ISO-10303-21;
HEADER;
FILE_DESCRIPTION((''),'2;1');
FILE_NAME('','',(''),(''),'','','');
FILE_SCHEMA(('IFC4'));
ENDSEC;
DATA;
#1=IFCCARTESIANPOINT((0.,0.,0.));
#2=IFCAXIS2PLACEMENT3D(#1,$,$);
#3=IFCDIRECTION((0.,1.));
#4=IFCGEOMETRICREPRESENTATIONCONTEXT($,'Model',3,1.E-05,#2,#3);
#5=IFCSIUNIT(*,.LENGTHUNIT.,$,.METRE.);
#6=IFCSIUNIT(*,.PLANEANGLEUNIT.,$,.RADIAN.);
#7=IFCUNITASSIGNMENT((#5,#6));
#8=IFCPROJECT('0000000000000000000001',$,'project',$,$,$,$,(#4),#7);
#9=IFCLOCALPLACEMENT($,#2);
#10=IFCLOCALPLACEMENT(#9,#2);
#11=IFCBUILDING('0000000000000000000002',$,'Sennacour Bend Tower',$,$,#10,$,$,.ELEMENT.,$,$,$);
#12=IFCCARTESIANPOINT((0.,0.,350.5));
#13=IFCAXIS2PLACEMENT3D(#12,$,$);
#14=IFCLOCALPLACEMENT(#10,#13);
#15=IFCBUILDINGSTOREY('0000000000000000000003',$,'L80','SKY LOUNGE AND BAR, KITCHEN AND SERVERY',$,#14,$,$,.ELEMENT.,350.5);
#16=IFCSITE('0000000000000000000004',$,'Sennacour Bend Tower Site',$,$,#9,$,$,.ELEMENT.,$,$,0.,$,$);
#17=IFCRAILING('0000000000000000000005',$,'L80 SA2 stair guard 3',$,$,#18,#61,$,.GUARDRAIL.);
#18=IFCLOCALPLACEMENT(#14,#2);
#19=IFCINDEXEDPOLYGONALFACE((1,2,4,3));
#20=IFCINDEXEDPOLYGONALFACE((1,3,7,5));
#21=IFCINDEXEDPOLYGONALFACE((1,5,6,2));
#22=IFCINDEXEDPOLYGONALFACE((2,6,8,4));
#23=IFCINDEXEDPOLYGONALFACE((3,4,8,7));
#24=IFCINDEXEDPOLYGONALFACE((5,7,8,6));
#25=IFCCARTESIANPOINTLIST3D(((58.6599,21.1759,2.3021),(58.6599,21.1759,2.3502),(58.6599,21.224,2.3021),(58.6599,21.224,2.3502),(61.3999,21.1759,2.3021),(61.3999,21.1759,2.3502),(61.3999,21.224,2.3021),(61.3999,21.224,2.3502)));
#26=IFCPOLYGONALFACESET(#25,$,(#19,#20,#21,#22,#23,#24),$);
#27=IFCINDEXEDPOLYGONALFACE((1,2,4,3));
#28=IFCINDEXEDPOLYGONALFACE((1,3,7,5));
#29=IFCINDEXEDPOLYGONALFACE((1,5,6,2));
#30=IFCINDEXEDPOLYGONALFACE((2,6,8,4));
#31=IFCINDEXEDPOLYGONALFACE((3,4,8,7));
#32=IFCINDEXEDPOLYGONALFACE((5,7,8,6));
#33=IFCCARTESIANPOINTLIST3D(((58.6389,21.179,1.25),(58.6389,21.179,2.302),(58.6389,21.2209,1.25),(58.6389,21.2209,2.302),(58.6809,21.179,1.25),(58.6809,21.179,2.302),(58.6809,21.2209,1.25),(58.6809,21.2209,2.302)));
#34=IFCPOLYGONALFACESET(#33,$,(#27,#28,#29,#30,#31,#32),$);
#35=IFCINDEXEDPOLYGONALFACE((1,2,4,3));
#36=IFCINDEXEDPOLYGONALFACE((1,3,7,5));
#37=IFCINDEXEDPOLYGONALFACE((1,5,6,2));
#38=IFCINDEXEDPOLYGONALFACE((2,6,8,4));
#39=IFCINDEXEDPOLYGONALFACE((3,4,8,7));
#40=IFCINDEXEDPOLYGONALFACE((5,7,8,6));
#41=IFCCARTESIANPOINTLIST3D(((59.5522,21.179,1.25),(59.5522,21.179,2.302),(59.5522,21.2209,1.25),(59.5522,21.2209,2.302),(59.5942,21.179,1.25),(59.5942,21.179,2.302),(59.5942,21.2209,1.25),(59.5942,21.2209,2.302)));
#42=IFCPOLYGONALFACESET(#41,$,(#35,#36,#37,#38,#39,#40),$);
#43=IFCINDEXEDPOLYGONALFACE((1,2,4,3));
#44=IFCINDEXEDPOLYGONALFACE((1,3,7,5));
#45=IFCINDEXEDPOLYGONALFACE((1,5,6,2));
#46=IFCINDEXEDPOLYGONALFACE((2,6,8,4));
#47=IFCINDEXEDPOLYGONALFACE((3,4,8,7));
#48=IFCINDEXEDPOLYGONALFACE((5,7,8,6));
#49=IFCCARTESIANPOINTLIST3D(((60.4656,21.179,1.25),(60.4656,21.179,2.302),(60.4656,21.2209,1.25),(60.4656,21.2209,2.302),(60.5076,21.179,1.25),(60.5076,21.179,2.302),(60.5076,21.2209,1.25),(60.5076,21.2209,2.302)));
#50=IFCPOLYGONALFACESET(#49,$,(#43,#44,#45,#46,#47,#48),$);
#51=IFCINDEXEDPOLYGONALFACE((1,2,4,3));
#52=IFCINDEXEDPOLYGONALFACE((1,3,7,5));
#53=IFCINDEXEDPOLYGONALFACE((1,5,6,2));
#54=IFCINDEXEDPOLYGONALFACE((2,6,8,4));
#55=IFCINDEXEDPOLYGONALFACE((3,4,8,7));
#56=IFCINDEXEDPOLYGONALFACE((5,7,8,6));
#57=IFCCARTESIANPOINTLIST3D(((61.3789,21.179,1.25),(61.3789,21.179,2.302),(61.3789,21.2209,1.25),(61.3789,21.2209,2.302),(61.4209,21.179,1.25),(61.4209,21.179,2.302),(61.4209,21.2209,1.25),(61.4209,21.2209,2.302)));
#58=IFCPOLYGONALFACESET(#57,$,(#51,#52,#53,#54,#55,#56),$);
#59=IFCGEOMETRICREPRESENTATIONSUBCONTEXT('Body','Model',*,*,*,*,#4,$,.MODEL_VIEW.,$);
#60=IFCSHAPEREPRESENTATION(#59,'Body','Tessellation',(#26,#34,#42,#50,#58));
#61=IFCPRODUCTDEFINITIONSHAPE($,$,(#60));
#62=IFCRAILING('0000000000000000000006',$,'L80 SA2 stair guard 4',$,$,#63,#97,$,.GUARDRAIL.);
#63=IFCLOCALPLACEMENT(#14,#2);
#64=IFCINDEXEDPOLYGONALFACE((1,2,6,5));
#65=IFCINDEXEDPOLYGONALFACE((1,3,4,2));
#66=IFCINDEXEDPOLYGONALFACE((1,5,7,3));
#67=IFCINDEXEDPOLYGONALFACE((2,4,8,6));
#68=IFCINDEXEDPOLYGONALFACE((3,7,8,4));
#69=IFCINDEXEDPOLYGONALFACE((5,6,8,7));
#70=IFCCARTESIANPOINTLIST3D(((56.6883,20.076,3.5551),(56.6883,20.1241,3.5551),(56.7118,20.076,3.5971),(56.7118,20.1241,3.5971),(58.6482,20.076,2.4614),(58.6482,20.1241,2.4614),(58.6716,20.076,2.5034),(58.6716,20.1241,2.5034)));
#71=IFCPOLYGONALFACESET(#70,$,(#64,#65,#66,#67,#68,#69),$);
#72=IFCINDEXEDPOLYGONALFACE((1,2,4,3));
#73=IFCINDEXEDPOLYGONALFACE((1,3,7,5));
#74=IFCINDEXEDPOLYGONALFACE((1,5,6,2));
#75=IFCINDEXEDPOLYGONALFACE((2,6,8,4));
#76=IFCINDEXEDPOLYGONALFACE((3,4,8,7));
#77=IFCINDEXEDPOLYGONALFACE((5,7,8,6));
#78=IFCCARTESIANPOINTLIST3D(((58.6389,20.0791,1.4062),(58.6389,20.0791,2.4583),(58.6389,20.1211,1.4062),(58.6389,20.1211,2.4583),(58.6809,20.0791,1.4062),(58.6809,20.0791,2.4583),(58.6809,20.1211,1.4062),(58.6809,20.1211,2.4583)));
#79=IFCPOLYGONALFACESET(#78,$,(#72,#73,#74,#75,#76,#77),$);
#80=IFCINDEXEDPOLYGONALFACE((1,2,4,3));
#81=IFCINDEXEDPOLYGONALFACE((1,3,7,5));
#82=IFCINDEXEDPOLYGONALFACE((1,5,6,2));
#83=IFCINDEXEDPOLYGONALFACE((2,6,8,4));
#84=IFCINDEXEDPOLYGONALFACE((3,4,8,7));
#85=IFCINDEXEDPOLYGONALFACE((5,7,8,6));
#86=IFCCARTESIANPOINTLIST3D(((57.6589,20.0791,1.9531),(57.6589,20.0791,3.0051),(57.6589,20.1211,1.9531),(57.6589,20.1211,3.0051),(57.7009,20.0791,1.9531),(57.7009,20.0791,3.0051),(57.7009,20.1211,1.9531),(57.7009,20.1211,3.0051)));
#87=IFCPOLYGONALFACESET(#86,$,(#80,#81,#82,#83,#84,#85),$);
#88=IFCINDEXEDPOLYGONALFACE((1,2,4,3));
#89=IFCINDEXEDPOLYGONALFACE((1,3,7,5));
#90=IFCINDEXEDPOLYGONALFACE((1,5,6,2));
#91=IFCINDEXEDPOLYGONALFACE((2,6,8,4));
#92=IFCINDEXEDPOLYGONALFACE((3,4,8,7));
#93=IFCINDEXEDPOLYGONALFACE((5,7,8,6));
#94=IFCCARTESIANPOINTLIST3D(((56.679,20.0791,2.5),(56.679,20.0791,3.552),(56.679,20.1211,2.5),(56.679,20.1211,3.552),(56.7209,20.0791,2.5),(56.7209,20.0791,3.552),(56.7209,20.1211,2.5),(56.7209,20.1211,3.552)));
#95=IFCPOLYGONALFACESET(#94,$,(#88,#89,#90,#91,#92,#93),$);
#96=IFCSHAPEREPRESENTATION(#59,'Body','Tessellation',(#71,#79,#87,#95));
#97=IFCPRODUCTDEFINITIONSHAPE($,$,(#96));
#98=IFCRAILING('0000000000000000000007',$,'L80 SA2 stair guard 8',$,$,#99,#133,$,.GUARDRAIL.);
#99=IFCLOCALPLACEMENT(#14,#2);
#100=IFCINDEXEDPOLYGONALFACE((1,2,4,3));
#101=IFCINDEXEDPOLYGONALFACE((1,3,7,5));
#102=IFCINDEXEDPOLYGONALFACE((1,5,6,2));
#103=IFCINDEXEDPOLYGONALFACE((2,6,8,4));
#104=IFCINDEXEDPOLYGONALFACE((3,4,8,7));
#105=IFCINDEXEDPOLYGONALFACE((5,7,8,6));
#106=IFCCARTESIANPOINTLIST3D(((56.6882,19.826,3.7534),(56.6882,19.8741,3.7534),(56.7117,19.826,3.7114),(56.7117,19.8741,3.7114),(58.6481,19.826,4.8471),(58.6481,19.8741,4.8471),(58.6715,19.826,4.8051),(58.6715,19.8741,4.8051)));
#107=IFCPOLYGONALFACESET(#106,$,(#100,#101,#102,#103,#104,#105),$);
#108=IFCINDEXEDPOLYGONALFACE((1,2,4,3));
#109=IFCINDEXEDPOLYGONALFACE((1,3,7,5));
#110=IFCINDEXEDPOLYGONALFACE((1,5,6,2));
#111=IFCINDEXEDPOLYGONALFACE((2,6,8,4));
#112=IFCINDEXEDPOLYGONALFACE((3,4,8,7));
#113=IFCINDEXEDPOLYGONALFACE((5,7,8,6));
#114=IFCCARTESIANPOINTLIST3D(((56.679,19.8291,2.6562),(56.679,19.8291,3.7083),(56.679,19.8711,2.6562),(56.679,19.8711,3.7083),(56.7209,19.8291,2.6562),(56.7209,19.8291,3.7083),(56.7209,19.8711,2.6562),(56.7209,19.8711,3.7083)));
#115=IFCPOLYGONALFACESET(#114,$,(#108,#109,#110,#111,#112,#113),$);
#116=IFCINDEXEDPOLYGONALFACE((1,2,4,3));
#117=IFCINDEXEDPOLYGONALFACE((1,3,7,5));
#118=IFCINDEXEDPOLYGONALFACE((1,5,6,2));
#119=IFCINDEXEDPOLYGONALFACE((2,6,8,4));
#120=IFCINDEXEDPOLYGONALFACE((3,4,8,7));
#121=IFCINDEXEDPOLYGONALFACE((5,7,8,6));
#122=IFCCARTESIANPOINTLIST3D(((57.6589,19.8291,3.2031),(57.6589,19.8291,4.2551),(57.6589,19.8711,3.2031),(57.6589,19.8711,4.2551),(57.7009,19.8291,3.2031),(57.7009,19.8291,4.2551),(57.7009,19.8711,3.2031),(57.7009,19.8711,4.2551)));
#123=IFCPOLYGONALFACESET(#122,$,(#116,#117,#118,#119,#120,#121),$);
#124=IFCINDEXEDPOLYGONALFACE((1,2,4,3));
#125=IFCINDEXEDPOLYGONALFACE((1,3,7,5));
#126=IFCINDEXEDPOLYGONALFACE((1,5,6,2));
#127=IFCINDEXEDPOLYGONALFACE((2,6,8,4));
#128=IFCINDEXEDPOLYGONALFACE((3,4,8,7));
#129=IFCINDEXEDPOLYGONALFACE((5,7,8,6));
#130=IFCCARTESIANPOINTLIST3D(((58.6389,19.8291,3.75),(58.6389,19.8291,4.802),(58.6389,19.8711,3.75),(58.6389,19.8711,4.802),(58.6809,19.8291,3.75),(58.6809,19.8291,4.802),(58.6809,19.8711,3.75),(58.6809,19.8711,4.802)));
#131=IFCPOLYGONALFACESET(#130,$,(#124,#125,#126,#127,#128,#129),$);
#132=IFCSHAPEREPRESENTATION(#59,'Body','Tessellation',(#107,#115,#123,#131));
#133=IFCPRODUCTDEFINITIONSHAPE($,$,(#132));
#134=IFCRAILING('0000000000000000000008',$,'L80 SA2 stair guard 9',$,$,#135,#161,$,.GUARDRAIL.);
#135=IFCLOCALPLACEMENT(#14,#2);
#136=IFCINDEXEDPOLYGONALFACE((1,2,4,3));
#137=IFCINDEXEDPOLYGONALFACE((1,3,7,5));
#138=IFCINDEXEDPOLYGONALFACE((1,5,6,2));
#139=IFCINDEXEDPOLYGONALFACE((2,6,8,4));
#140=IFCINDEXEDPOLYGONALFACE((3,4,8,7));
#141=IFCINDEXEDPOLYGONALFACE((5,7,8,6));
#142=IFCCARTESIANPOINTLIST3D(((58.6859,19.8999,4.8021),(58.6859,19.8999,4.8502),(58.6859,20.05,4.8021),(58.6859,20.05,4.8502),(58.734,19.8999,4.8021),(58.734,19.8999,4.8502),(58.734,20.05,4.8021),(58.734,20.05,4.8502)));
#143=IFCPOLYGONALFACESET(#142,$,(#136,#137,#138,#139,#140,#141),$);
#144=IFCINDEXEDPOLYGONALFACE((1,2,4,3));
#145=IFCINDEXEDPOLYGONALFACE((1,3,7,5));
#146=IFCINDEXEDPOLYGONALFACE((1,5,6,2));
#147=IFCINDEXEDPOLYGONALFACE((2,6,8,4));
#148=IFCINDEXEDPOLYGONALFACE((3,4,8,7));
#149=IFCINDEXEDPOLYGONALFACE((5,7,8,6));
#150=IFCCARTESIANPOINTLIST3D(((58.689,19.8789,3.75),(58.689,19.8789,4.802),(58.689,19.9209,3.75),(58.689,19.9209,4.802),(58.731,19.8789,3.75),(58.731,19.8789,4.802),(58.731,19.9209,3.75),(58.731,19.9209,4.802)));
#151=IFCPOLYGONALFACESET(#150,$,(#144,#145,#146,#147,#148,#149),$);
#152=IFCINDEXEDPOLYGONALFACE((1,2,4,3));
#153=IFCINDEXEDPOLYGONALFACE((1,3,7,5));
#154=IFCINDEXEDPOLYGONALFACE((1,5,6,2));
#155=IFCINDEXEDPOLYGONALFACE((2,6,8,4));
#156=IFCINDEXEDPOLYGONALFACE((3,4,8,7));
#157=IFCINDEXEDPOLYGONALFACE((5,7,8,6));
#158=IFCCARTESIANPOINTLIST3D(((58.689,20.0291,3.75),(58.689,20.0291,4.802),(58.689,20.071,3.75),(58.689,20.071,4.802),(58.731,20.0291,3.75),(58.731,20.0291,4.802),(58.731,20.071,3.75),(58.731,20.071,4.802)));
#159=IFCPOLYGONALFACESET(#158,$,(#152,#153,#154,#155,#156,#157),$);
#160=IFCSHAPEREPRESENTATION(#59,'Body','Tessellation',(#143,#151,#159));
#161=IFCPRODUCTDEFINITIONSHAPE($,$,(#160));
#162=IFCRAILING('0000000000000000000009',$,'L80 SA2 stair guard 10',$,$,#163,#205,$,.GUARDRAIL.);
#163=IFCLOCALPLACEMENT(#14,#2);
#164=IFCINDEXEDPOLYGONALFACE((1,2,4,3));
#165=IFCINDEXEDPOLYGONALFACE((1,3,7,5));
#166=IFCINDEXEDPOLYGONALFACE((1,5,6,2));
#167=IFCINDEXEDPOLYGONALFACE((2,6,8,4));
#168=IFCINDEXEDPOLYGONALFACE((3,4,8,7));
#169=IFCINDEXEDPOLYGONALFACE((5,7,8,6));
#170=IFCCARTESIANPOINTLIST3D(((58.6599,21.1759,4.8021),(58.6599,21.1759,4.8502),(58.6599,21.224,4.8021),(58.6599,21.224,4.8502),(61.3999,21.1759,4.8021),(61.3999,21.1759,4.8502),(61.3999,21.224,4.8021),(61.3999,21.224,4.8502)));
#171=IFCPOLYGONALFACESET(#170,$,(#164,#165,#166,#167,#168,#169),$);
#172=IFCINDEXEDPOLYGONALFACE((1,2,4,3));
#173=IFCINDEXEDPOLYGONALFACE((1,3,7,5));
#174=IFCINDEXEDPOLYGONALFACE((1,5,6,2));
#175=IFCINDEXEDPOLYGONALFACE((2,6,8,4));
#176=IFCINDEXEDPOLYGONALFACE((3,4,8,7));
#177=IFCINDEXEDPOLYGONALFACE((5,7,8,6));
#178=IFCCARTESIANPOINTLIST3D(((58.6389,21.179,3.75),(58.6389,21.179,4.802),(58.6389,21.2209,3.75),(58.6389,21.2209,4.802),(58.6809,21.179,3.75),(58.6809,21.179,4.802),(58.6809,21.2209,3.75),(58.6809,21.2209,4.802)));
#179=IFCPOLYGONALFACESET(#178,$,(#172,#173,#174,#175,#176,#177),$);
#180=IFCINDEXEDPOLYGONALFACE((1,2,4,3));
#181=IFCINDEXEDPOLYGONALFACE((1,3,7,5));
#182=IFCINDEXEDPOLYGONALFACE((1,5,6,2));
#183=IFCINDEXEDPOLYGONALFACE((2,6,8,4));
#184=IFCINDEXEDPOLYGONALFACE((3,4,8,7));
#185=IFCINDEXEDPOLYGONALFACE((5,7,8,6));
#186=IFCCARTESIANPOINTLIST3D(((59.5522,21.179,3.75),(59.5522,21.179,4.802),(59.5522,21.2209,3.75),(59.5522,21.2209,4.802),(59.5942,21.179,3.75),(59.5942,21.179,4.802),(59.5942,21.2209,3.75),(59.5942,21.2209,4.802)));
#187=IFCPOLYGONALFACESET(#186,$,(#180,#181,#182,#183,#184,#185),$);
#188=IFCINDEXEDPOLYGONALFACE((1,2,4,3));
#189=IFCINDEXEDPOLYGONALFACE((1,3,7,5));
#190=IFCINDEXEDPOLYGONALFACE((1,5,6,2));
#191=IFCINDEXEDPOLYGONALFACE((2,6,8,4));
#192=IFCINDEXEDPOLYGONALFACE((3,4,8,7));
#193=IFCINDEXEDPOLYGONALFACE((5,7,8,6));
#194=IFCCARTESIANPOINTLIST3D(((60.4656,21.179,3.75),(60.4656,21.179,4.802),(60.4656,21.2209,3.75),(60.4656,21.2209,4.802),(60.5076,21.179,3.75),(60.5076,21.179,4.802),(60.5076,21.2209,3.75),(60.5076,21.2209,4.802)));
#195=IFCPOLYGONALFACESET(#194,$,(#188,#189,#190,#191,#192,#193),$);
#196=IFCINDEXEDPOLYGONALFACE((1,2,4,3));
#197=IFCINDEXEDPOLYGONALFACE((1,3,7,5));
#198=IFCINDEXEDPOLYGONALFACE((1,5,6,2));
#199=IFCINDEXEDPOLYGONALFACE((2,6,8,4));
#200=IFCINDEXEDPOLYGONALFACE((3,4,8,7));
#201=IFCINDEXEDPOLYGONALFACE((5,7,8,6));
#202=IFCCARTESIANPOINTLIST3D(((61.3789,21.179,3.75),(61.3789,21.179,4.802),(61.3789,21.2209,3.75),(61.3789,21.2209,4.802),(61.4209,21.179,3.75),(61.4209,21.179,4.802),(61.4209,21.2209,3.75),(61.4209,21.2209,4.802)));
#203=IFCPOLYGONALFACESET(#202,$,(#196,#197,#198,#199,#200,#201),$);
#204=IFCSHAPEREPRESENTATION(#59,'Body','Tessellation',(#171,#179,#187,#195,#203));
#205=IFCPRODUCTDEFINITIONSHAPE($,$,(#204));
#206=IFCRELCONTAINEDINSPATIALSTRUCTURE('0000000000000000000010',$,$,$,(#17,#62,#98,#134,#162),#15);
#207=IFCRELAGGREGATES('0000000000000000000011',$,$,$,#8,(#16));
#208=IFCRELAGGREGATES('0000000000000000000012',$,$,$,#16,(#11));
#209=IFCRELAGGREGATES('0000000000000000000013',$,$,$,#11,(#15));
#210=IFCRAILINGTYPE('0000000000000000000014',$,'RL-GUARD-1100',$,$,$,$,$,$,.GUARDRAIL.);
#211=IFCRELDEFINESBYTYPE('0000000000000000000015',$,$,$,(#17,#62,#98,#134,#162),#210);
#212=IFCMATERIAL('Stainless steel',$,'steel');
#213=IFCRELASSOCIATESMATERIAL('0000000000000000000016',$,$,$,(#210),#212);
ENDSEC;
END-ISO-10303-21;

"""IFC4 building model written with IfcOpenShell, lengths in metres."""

from ifc_helpers import new_model, si_unit, direction, frame, origin, origin_2d, place, context, subcontext, project, spatial, rectangle, extrude, material, type_object, element, save


model = new_model("IFC4")

# Units and contexts
model_context = context("Model", 3, precision=1e-05, world=origin(), true_north=direction((0.0, 1.0)))
body_context = subcontext(model_context, "Body", "Model", "MODEL_VIEW")
ifc_project = project(units=[si_unit("LENGTHUNIT", "METRE"), si_unit("PLANEANGLEUNIT", "RADIAN")], contexts=[model_context])

# Site, building, storey
site_placement = place(None, origin())
site = spatial("IfcSite", under=ifc_project, at=site_placement, Name="Sennacour Bend Tower Site", CompositionType="ELEMENT", RefElevation=0.0)
building_placement = place(site_placement, origin())
building = spatial("IfcBuilding", under=site, at=building_placement, Name="Sennacour Bend Tower", CompositionType="ELEMENT")
storey_placement = place(building_placement, frame((0.0, 0.0, 350.5)))
storey = spatial("IfcBuildingStorey", under=building, at=storey_placement, Name="L80", Description="SKY LOUNGE AND BAR, KITCHEN AND SERVERY", CompositionType="ELEMENT", Elevation=350.5)

# Shared definitions
ifc_material_1 = material(Name="Stainless steel", Category="steel")

# Railings
railing_type_1 = type_object("IfcRailingType", Name="RL-GUARD-1100", PredefinedType="GUARDRAIL", material=ifc_material_1)
railing_1_placement = place(storey_placement, frame((58.6599, 21.2, 1.25)))
element("IfcRailing", 1, at=railing_1_placement, inside=storey, type_object=railing_type_1, Name="L80 SA2 stair guard 3", PredefinedType="GUARDRAIL", context=body_context, shape_type="SweptSolid", body=[
    extrude(rectangle(XDim=0.0481, YDim=0.0481, at=origin_2d()), frame((0.0, 0.0, 1.0762), z_axis=(1.0, 0.0, 0.0), x_axis=(0.0, 1.0, 0.0)), (0.0, 0.0, 1.0), 2.74),
    extrude(rectangle(XDim=0.042, YDim=0.042, at=origin_2d()), origin(), (0.0, 0.0, 1.0), 1.052),
    extrude(rectangle(XDim=0.042, YDim=0.042, at=origin_2d()), frame((0.9133, 0.0, 0.0)), (0.0, 0.0, 1.0), 1.052),
    extrude(rectangle(XDim=0.042, YDim=0.042, at=origin_2d()), frame((1.8267, 0.0, 0.0)), (0.0, 0.0, 1.0), 1.052),
    extrude(rectangle(XDim=0.042, YDim=0.042, at=origin_2d()), frame((2.74, 0.0, 0.0)), (0.0, 0.0, 1.0), 1.052),
])
railing_2_placement = place(storey_placement, frame((58.6599, 20.1001, 1.4062)))
element("IfcRailing", 2, at=railing_2_placement, inside=storey, type_object=railing_type_1, Name="L80 SA2 stair guard 4", PredefinedType="GUARDRAIL", context=body_context, shape_type="SweptSolid", body=[
    extrude(rectangle(XDim=0.0481, YDim=0.0481, at=origin_2d()), frame((0.0, 0.0, 1.0762), z_axis=(-0.873232, 0.0, 0.487304), x_axis=(0.0, -1.0, 0.0)), (0.0, 0.0, 1.0), 2.2444),
    extrude(rectangle(XDim=0.042, YDim=0.042, at=origin_2d()), origin(), (0.0, 0.0, 1.0), 1.052),
    extrude(rectangle(XDim=0.042, YDim=0.042, at=origin_2d()), frame((-0.98, 0.0, 0.5469)), (0.0, 0.0, 1.0), 1.052),
    extrude(rectangle(XDim=0.042, YDim=0.042, at=origin_2d()), frame((-1.96, 0.0, 1.0938)), (0.0, 0.0, 1.0), 1.052),
])
railing_3_placement = place(storey_placement, frame((56.7, 19.8501, 2.6562)))
element("IfcRailing", 3, at=railing_3_placement, inside=storey, type_object=railing_type_1, Name="L80 SA2 stair guard 8", PredefinedType="GUARDRAIL", context=body_context, shape_type="SweptSolid", body=[
    extrude(rectangle(XDim=0.0481, YDim=0.0481, at=origin_2d()), frame((0.0, 0.0, 1.0762), z_axis=(0.873232, 0.0, 0.487304), x_axis=(0.0, 1.0, 0.0)), (0.0, 0.0, 1.0), 2.2444),
    extrude(rectangle(XDim=0.042, YDim=0.042, at=origin_2d()), origin(), (0.0, 0.0, 1.0), 1.052),
    extrude(rectangle(XDim=0.042, YDim=0.042, at=origin_2d()), frame((0.98, 0.0, 0.5469)), (0.0, 0.0, 1.0), 1.052),
    extrude(rectangle(XDim=0.042, YDim=0.042, at=origin_2d()), frame((1.96, 0.0, 1.0938)), (0.0, 0.0, 1.0), 1.052),
])
railing_4_placement = place(storey_placement, frame((58.71, 19.8999, 3.75)))
element("IfcRailing", 4, at=railing_4_placement, inside=storey, type_object=railing_type_1, Name="L80 SA2 stair guard 9", PredefinedType="GUARDRAIL", context=body_context, shape_type="SweptSolid", body=[
    extrude(rectangle(XDim=0.0481, YDim=0.0481, at=origin_2d()), frame((0.0, 0.0, 1.0762), z_axis=(0.0, 1.0, 0.0), x_axis=(-1.0, 0.0, 0.0)), (0.0, 0.0, 1.0), 0.1501),
    extrude(rectangle(XDim=0.042, YDim=0.042, at=origin_2d()), origin(), (0.0, 0.0, 1.0), 1.052),
    extrude(rectangle(XDim=0.042, YDim=0.042, at=origin_2d()), frame((0.0, 0.1501, 0.0)), (0.0, 0.0, 1.0), 1.052),
])
railing_5_placement = place(storey_placement, frame((58.6599, 21.2, 3.75)))
element("IfcRailing", 5, at=railing_5_placement, inside=storey, type_object=railing_type_1, Name="L80 SA2 stair guard 10", PredefinedType="GUARDRAIL", context=body_context, shape_type="SweptSolid", body=[
    extrude(rectangle(XDim=0.0481, YDim=0.0481, at=origin_2d()), frame((0.0, 0.0, 1.0762), z_axis=(1.0, 0.0, 0.0), x_axis=(0.0, 1.0, 0.0)), (0.0, 0.0, 1.0), 2.74),
    extrude(rectangle(XDim=0.042, YDim=0.042, at=origin_2d()), origin(), (0.0, 0.0, 1.0), 1.052),
    extrude(rectangle(XDim=0.042, YDim=0.042, at=origin_2d()), frame((0.9133, 0.0, 0.0)), (0.0, 0.0, 1.0), 1.052),
    extrude(rectangle(XDim=0.042, YDim=0.042, at=origin_2d()), frame((1.8267, 0.0, 0.0)), (0.0, 0.0, 1.0), 1.052),
    extrude(rectangle(XDim=0.042, YDim=0.042, at=origin_2d()), frame((2.74, 0.0, 0.0)), (0.0, 0.0, 1.0), 1.052),
])

save(model, "model.ifc")
